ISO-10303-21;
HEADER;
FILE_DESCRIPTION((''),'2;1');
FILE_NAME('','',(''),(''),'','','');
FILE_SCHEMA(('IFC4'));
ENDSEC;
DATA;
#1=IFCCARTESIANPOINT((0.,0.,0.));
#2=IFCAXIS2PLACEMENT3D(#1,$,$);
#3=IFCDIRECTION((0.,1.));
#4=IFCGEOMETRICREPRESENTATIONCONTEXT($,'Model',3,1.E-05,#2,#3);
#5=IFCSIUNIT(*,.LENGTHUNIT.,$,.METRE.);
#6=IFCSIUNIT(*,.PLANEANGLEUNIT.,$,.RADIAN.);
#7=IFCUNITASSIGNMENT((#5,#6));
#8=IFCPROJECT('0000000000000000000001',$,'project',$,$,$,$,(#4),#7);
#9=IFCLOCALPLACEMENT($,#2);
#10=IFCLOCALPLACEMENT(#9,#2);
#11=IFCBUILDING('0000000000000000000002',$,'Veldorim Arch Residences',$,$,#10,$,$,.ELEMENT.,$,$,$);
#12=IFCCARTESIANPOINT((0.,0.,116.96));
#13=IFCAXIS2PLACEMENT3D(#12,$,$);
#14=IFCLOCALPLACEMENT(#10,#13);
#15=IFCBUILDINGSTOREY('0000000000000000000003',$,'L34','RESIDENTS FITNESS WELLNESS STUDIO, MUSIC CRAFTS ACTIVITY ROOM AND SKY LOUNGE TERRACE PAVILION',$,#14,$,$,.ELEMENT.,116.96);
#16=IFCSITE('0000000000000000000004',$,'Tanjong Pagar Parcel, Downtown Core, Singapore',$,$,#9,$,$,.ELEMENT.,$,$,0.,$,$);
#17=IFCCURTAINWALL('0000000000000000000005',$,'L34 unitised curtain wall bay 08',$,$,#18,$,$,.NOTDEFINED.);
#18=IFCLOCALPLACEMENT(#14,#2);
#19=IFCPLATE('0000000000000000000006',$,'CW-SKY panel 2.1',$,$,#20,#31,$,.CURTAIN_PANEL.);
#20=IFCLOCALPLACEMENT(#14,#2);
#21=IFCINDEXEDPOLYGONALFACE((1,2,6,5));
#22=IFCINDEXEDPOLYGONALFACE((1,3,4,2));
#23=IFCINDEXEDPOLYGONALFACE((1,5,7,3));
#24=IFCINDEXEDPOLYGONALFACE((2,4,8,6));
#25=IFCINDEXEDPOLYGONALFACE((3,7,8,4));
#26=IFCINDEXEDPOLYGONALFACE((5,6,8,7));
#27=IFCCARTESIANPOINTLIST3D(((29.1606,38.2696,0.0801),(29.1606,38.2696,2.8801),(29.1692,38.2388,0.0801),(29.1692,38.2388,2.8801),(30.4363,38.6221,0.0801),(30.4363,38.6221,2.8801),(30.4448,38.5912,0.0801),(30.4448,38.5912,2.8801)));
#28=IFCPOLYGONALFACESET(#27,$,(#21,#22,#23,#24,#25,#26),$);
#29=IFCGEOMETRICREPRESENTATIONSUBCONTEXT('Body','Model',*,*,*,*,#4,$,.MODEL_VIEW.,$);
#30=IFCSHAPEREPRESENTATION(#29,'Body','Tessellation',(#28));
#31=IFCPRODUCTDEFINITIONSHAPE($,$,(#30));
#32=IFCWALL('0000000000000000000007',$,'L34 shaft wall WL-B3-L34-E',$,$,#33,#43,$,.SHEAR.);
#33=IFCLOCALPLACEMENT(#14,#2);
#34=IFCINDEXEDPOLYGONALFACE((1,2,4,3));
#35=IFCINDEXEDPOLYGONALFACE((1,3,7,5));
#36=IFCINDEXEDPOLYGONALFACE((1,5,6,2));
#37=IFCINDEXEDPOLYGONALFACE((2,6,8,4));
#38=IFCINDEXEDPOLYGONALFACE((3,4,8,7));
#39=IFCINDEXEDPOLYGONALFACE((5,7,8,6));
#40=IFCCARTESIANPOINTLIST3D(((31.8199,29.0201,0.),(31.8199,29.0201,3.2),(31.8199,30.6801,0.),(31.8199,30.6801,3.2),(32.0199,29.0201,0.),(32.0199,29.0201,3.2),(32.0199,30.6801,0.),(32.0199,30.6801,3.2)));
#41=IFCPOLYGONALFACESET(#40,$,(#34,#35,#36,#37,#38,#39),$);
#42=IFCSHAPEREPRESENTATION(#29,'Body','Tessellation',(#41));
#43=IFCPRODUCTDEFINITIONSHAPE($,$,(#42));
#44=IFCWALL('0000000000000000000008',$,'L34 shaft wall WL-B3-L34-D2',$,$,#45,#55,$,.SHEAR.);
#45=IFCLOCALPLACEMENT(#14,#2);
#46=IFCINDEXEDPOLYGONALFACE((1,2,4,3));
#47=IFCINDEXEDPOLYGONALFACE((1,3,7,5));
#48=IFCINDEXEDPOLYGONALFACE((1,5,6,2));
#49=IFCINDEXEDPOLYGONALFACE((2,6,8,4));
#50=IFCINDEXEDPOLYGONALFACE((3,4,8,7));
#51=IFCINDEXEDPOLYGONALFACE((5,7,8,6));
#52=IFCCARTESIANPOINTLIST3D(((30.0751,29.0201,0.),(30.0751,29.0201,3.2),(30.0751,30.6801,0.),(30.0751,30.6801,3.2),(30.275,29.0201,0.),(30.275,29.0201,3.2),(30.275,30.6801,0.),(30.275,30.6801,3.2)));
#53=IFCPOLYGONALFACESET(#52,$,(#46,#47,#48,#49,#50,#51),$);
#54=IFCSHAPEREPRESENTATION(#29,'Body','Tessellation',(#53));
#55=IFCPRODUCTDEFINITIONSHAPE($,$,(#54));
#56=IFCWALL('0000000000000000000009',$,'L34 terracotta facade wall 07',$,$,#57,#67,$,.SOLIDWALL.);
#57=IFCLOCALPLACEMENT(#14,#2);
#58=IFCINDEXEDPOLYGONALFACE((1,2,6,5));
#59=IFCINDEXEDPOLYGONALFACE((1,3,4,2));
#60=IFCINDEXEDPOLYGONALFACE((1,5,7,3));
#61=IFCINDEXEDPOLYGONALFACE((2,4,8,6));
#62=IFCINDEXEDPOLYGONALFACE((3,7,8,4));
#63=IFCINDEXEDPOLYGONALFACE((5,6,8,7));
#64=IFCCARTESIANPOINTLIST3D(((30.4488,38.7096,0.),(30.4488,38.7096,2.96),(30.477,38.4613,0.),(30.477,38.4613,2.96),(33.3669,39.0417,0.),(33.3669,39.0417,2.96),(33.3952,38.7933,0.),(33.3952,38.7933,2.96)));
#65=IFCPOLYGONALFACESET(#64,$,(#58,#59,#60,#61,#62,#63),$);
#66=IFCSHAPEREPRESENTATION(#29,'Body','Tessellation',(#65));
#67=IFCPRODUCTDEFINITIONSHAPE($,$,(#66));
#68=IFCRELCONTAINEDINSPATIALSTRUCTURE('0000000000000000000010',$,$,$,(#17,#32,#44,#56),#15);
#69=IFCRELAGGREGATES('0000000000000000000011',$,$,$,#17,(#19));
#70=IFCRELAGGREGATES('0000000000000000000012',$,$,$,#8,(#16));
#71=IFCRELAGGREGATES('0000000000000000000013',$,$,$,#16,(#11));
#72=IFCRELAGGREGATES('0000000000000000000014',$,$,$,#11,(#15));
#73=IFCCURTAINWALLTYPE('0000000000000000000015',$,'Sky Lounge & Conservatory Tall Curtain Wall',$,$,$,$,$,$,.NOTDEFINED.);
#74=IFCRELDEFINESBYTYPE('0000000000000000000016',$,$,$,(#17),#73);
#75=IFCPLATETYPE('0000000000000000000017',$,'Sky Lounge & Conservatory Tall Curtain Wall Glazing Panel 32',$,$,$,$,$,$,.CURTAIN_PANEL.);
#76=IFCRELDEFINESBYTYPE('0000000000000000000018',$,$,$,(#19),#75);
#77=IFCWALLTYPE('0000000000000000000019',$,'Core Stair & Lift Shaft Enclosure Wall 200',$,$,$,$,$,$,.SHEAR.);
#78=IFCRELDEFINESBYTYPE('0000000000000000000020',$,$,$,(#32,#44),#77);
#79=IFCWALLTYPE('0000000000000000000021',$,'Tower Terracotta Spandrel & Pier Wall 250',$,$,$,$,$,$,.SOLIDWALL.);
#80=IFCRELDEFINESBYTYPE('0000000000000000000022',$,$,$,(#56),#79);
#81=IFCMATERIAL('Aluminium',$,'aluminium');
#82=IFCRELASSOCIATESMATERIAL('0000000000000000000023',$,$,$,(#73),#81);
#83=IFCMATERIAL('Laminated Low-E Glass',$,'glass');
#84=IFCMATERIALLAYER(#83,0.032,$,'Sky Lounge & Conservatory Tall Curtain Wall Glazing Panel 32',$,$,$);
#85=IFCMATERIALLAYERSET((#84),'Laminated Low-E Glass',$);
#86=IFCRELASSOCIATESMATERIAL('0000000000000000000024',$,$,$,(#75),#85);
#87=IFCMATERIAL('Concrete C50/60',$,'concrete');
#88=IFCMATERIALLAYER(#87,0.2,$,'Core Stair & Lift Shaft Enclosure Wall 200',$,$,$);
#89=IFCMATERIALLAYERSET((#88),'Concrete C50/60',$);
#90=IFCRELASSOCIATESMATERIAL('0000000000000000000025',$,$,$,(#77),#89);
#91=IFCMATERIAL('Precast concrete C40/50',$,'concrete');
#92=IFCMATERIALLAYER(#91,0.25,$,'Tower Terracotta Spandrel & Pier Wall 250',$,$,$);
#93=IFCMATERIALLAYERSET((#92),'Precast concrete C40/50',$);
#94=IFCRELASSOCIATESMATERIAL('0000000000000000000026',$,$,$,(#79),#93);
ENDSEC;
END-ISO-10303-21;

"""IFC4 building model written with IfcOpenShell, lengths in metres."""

from ifc_helpers import new_model, si_unit, direction, frame, frame_2d, origin, origin_2d, place, context, subcontext, project, spatial, rectangle, extrude, material, layer, layer_set, type_object, element, aggregate, save


model = new_model("IFC4")

# Units and contexts
model_context = context("Model", 3, precision=1e-05, world=origin(), true_north=direction((0.0, 1.0)))
body_context = subcontext(model_context, "Body", "Model", "MODEL_VIEW")
ifc_project = project(units=[si_unit("LENGTHUNIT", "METRE"), si_unit("PLANEANGLEUNIT", "RADIAN")], contexts=[model_context])

# Site, building, storey
site_placement = place(None, origin())
site = spatial("IfcSite", under=ifc_project, at=site_placement, Name="Tanjong Pagar Parcel, Downtown Core, Singapore", CompositionType="ELEMENT", RefElevation=0.0)
building_placement = place(site_placement, origin())
building = spatial("IfcBuilding", under=site, at=building_placement, Name="Veldorim Arch Residences", CompositionType="ELEMENT")
storey_placement = place(building_placement, frame((0.0, 0.0, 116.96)))
storey = spatial("IfcBuildingStorey", under=building, at=storey_placement, Name="L34", Description="RESIDENTS FITNESS WELLNESS STUDIO, MUSIC CRAFTS ACTIVITY ROOM AND SKY LOUNGE TERRACE PAVILION", CompositionType="ELEMENT", Elevation=116.96)

# Curtain wall
ifc_material_1 = material(Name="Aluminium", Category="aluminium")
curtain_wall_type = type_object("IfcCurtainWallType", Name="Sky Lounge & Conservatory Tall Curtain Wall", PredefinedType="NOTDEFINED", material=ifc_material_1)
curtain_wall_placement = place(storey_placement, origin())
curtain_wall = element("IfcCurtainWall", 1, at=curtain_wall_placement, inside=storey, type_object=curtain_wall_type, Name="L34 unitised curtain wall bay 08", PredefinedType="NOTDEFINED")

# Plate
ifc_material_2 = material(Name="Laminated Low-E Glass", Category="glass")
ifc_layer_1 = layer(ifc_material_2, 0.032, Name="Sky Lounge & Conservatory Tall Curtain Wall Glazing Panel 32")
ifc_layer_set_1 = layer_set([ifc_layer_1], Name="Laminated Low-E Glass")
plate_type = type_object("IfcPlateType", Name="Sky Lounge & Conservatory Tall Curtain Wall Glazing Panel 32", PredefinedType="CURTAIN_PANEL", material=ifc_layer_set_1)
plate_1_placement = place(storey_placement, frame((29.8027, 38.4304, 0.0801), z_axis=(0.0, 0.0, 1.0), x_axis=(0.963883, 0.266325, 0.0)))
plate_1 = element("IfcPlate", 2, at=plate_1_placement, type_object=plate_type, Name="CW-SKY panel 2.1", PredefinedType="CURTAIN_PANEL", context=body_context, shape_type="SweptSolid", body=[
    extrude(rectangle(XDim=1.3235, YDim=0.032, at=origin_2d()), origin(), (0.0, 0.0, 1.0), 2.8),
])
aggregate(curtain_wall, [plate_1])

# Walls
ifc_material_3 = material(Name="Concrete C50/60", Category="concrete")
ifc_layer_2 = layer(ifc_material_3, 0.2, Name="Core Stair & Lift Shaft Enclosure Wall 200")
ifc_layer_set_2 = layer_set([ifc_layer_2], Name="Concrete C50/60")
wall_type_1 = type_object("IfcWallType", Name="Core Stair & Lift Shaft Enclosure Wall 200", PredefinedType="SHEAR", material=ifc_layer_set_2)
for number, where, z_axis, x_axis, name in (
    (3, (31.9199, 29.02, 0.0), (0.0, 0.0, 1.0), (0.0, 1.0, 0.0), "L34 shaft wall WL-B3-L34-E"),
    (4, (30.175, 29.02, 0.0), (0.0, 0.0, 1.0), (0.0, 1.0, 0.0), "L34 shaft wall WL-B3-L34-D2"),
):
    element("IfcWall", number, at=place(storey_placement, frame(where, z_axis=z_axis, x_axis=x_axis)), inside=storey, type_object=wall_type_1, Name=name, PredefinedType="SHEAR", context=body_context, shape_type="SweptSolid", body=[
        extrude(rectangle(XDim=1.6599, YDim=0.2, at=frame_2d((0.8301, 0.0))), origin(), (0.0, 0.0, 1.0), 3.2),
    ])
ifc_material_4 = material(Name="Precast concrete C40/50", Category="concrete")
ifc_layer_3 = layer(ifc_material_4, 0.25, Name="Tower Terracotta Spandrel & Pier Wall 250")
ifc_layer_set_3 = layer_set([ifc_layer_3], Name="Precast concrete C40/50")
wall_type_2 = type_object("IfcWallType", Name="Tower Terracotta Spandrel & Pier Wall 250", PredefinedType="SOLIDWALL", material=ifc_layer_set_3)
wall_placement = place(storey_placement, frame((30.4629, 38.5854, 0.0), z_axis=(0.0, 0.0, 1.0), x_axis=(0.993589, 0.11305, 0.0)))
element("IfcWall", 5, at=wall_placement, inside=storey, type_object=wall_type_2, Name="L34 terracotta facade wall 07", PredefinedType="SOLIDWALL", context=body_context, shape_type="SweptSolid", body=[
    extrude(rectangle(XDim=2.937, YDim=0.25, at=frame_2d((1.4685, 0.0))), origin(), (0.0, 0.0, 1.0), 2.96),
])

save(model, "model.ifc")
